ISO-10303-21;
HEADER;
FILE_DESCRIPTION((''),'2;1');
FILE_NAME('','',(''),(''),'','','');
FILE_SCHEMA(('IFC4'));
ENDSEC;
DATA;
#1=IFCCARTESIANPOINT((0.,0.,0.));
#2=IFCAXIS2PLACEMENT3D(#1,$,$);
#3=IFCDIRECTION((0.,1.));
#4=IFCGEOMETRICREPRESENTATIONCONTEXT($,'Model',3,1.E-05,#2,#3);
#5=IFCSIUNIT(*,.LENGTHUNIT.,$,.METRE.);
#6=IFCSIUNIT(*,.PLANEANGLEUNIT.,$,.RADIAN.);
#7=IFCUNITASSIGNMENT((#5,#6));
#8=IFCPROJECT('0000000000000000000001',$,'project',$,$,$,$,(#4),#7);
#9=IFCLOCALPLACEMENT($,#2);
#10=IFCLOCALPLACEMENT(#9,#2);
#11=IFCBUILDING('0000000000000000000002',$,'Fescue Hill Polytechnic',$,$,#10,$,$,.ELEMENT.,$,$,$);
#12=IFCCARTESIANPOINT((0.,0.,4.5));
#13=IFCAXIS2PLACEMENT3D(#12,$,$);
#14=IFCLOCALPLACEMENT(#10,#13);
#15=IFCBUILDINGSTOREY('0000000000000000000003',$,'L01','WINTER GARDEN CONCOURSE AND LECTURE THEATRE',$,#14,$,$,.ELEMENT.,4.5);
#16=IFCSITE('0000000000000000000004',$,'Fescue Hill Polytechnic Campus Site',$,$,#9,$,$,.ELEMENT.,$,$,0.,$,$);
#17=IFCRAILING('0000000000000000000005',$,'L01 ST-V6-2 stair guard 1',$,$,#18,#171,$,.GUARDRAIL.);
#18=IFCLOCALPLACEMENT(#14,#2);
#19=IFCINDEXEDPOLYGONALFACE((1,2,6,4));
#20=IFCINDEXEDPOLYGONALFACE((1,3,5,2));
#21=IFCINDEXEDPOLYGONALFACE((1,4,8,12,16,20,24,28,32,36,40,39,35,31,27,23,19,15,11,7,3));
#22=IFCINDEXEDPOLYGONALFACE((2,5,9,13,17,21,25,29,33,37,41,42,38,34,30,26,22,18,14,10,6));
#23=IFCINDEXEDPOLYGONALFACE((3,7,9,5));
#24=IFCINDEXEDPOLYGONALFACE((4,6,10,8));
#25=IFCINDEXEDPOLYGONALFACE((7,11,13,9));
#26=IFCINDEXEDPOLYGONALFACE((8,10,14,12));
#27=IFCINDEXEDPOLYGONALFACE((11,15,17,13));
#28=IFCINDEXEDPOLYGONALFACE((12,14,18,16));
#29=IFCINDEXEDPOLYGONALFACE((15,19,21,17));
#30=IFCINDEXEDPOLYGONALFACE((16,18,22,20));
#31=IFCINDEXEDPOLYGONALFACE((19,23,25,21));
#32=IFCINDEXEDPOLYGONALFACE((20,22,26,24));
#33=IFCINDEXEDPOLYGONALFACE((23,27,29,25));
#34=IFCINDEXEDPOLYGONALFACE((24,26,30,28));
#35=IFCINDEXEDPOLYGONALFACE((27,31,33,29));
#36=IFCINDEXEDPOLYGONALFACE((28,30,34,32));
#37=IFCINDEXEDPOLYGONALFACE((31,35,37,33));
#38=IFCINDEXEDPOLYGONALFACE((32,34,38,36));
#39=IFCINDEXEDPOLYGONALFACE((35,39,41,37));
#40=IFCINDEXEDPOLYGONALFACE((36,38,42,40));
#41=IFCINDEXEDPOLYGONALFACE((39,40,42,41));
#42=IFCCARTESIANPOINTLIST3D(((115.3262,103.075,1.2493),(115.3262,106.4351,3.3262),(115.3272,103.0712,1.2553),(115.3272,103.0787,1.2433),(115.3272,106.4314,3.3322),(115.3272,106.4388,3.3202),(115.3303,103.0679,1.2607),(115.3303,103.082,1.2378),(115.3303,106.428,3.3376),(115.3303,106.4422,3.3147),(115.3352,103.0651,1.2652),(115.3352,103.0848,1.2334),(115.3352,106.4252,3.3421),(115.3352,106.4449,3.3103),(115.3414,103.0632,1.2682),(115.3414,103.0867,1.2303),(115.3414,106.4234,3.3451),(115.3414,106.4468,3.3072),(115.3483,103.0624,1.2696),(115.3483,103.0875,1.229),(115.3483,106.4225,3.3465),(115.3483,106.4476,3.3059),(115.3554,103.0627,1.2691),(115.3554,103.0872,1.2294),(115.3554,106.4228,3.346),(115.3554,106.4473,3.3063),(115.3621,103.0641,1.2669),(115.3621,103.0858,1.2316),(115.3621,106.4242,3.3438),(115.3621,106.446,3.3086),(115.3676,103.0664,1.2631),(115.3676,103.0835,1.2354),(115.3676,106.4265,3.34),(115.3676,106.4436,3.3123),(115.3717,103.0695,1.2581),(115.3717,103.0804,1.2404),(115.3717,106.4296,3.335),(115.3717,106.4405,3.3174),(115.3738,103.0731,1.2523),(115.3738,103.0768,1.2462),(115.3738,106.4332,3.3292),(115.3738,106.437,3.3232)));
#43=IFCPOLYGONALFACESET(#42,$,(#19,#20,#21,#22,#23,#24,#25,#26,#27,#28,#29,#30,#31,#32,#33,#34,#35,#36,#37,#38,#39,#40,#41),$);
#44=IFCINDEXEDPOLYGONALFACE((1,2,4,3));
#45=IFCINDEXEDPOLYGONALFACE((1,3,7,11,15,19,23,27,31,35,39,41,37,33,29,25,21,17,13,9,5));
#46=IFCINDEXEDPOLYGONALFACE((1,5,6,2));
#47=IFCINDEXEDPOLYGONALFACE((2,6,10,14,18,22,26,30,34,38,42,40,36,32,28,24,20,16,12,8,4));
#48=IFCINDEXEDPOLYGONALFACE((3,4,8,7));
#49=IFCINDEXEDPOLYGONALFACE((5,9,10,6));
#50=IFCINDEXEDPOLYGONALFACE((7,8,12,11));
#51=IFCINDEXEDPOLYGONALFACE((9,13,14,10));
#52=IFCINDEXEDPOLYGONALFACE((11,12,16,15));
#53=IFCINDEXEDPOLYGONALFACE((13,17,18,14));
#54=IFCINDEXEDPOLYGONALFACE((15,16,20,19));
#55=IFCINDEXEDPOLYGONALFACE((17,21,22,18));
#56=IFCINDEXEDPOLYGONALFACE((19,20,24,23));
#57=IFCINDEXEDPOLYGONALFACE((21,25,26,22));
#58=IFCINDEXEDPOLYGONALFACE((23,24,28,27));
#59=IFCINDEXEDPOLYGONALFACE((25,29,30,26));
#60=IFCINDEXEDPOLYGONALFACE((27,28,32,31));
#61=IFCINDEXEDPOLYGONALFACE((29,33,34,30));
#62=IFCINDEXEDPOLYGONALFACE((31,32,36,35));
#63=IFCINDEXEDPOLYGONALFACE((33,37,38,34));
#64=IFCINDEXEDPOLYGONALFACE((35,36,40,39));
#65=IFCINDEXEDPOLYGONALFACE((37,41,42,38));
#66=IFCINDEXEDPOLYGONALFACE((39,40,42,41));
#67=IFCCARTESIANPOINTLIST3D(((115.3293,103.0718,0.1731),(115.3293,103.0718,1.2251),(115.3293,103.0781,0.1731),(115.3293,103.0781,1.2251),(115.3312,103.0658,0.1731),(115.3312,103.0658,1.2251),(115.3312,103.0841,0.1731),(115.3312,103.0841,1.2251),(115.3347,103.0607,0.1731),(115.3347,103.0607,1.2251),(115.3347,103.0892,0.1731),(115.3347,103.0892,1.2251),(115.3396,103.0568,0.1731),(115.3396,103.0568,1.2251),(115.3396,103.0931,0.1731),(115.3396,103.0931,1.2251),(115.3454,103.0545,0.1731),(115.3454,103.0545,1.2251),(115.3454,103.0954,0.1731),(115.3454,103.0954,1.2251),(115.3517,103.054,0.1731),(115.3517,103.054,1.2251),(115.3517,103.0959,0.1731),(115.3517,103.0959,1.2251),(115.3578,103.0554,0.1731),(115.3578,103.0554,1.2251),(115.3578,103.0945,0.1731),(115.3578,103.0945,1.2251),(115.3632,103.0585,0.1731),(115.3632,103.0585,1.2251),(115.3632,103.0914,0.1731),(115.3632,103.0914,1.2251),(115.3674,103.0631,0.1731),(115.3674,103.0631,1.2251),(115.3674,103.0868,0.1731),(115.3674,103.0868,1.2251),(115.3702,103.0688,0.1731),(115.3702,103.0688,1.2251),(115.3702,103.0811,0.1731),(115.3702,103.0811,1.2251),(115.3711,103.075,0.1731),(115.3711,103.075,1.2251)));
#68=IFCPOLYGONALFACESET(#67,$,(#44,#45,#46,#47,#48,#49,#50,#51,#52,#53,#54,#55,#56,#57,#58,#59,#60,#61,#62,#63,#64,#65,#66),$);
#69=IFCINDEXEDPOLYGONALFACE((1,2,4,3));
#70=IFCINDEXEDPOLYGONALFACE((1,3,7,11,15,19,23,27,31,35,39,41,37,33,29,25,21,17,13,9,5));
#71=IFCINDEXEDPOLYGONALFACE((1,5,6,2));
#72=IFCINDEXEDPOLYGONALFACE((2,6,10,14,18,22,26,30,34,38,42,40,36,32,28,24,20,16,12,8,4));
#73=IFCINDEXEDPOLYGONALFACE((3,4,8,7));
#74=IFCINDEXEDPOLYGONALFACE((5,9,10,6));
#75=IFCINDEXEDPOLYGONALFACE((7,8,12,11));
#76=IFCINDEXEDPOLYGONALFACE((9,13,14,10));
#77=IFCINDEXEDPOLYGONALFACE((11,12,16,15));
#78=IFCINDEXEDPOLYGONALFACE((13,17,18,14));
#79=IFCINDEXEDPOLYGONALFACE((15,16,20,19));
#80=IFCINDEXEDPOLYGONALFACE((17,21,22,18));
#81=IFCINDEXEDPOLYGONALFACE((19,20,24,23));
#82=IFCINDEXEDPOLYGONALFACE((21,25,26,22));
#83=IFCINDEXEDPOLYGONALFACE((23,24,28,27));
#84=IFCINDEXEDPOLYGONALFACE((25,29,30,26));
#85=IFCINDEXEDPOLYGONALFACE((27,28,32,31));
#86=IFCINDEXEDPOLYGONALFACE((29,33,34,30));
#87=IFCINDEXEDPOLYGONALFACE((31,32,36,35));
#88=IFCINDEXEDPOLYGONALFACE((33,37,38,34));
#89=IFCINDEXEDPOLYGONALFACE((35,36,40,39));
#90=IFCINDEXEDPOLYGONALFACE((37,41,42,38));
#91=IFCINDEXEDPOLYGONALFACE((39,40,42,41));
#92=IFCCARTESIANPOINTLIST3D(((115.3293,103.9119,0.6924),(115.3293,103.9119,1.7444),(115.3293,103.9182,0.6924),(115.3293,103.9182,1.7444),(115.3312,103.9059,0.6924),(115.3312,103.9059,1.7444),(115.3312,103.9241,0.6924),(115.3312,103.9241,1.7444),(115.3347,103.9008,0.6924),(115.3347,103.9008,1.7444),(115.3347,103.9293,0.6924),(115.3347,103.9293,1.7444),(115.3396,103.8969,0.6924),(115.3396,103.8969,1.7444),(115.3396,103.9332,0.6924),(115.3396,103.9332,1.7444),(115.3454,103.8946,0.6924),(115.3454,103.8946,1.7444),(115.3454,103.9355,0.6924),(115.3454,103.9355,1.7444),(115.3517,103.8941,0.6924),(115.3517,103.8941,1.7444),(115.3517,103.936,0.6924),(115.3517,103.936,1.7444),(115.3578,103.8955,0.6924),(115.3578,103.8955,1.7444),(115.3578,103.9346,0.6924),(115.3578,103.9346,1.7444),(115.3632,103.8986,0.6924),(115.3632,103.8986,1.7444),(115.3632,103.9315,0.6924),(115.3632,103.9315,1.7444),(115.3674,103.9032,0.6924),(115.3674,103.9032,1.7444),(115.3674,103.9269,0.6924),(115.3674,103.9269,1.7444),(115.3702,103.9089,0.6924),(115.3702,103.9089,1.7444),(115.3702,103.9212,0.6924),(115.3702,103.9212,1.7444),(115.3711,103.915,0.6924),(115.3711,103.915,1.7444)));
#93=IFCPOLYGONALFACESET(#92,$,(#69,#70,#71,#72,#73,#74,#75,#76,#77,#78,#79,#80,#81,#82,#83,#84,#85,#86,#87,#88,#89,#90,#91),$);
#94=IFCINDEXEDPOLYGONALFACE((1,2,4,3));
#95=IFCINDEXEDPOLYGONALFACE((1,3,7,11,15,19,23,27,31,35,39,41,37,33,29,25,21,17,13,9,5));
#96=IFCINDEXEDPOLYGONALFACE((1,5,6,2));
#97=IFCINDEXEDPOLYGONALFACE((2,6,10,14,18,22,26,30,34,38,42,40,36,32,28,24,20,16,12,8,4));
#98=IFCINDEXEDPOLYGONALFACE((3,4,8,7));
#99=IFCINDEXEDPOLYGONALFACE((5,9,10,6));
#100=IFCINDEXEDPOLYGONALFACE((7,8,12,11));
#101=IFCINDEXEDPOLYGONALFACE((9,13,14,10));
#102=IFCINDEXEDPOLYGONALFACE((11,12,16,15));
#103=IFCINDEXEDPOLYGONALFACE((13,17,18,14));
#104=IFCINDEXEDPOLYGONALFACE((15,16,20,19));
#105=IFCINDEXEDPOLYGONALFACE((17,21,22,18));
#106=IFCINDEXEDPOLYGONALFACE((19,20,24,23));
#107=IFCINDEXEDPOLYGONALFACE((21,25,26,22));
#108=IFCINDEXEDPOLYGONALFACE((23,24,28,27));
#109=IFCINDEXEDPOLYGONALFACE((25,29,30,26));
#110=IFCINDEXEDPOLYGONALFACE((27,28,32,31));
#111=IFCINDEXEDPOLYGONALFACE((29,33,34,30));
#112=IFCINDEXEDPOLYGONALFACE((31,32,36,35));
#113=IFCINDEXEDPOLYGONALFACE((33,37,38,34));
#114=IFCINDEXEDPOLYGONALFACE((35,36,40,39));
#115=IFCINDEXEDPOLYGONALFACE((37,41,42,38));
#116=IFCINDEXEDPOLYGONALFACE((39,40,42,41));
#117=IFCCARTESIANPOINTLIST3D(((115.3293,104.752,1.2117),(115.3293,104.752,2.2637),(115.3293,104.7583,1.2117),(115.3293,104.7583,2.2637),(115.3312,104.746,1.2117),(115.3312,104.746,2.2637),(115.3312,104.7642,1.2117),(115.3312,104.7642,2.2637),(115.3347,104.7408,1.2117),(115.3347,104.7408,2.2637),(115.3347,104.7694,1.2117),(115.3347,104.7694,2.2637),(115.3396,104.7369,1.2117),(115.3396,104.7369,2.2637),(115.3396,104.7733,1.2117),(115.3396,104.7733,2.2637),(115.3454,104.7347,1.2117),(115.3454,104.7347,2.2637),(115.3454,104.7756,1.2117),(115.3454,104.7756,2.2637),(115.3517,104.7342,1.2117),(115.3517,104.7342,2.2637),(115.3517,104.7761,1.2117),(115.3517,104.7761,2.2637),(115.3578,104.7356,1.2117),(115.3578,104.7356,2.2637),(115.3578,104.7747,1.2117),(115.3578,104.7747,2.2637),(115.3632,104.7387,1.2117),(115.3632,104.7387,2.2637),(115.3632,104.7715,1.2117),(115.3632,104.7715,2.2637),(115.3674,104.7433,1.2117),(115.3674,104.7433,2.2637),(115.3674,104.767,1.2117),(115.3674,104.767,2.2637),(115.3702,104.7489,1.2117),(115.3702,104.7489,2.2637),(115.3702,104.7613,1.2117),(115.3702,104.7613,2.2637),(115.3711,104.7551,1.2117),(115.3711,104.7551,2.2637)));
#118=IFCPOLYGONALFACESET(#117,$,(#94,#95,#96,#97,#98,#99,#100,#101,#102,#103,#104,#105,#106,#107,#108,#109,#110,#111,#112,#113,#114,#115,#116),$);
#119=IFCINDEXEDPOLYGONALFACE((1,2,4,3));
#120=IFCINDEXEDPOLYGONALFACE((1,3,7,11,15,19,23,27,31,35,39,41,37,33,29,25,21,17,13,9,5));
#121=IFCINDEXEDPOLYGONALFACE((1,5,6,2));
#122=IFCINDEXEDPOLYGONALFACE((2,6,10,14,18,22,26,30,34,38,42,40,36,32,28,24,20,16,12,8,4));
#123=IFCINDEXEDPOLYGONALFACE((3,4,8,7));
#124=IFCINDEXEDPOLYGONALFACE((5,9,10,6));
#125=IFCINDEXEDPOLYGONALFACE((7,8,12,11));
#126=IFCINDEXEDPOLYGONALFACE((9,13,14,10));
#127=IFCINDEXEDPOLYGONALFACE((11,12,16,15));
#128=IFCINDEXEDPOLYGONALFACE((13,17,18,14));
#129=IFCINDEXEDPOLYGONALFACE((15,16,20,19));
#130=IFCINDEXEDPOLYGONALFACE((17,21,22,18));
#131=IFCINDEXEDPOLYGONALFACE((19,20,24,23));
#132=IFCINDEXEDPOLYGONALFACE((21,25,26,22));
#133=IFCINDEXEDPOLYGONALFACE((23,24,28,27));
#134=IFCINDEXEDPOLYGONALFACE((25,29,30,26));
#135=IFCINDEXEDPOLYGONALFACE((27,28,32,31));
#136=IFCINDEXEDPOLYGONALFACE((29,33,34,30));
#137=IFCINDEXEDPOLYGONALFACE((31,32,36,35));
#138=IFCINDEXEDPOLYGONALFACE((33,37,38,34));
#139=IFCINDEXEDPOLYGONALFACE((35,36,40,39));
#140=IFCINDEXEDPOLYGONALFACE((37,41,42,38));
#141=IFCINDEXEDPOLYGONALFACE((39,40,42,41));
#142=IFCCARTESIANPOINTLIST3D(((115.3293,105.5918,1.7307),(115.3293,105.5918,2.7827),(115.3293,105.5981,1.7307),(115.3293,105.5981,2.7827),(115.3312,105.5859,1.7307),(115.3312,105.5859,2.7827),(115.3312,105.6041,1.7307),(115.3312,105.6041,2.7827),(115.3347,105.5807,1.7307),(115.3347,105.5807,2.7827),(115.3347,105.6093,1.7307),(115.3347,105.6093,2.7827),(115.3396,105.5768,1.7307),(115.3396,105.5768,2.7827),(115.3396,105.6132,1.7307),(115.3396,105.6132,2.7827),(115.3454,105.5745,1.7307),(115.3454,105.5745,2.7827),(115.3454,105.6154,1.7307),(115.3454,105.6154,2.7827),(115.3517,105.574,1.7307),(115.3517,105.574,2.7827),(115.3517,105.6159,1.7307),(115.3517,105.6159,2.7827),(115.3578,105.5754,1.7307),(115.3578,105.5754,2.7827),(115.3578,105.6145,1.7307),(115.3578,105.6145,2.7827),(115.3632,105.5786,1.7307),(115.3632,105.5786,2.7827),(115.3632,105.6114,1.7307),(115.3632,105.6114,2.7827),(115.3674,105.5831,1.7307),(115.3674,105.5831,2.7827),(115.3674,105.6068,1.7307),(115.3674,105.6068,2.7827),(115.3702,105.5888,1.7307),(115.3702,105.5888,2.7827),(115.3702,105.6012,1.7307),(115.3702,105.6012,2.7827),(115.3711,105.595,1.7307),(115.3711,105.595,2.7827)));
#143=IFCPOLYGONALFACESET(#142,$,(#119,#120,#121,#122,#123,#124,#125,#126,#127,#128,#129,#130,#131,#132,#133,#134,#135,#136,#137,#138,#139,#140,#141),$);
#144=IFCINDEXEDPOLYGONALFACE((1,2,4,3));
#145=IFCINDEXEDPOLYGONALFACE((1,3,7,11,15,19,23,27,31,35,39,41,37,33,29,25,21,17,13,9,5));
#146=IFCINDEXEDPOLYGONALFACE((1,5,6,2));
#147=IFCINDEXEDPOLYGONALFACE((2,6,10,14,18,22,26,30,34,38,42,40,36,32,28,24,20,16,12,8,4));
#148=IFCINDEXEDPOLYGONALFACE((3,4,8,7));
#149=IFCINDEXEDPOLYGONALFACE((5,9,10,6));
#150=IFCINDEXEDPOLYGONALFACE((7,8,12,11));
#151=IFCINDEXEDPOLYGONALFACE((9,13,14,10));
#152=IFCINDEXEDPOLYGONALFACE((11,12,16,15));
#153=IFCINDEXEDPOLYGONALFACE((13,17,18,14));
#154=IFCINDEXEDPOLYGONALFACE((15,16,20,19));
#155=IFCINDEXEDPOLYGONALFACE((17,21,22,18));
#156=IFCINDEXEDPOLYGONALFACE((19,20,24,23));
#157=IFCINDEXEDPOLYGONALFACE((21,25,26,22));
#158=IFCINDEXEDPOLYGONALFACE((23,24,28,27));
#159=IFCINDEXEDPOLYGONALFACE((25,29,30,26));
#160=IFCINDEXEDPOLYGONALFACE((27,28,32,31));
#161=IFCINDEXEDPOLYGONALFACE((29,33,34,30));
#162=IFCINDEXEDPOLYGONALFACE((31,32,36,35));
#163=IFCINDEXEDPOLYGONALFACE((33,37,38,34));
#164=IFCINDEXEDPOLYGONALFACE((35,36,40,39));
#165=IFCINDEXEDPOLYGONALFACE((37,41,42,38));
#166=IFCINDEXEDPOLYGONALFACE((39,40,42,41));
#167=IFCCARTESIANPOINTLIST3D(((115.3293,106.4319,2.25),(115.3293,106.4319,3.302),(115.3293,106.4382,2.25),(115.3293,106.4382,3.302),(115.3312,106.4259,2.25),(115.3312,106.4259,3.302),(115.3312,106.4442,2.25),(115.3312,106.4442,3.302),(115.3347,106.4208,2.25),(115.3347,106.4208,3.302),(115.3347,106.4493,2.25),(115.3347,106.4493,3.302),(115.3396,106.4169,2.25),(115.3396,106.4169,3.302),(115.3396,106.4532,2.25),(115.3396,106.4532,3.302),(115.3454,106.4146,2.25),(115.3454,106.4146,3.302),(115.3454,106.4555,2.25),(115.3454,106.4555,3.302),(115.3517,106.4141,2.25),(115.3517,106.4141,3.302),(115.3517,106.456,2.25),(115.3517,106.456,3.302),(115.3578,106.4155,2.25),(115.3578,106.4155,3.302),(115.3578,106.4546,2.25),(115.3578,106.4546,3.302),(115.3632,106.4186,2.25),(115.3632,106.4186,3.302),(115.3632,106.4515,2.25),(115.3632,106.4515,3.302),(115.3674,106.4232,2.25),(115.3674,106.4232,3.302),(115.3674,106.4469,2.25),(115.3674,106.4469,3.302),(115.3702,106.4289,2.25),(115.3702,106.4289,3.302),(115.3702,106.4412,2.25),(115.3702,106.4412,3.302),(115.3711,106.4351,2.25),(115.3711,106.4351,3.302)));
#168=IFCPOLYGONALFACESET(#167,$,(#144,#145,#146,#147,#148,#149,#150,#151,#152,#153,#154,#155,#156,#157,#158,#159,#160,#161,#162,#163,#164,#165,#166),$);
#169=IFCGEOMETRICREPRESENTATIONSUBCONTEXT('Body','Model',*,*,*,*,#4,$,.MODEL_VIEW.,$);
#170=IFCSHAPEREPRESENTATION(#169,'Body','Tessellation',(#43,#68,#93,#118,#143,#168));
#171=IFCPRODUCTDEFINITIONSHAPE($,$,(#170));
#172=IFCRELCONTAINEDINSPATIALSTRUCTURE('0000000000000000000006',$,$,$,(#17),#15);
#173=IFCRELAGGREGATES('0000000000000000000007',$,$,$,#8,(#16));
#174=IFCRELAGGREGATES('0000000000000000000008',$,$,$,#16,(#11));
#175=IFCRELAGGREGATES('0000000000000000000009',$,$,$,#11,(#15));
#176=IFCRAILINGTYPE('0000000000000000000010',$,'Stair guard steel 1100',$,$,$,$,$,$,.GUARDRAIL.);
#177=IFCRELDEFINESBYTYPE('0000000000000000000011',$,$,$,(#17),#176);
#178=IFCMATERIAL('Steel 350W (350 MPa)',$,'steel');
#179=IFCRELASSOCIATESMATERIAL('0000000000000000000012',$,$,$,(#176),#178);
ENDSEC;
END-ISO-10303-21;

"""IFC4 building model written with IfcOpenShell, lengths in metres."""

from ifc_helpers import new_model, si_unit, direction, frame, origin, origin_2d, place, context, subcontext, project, spatial, circle, extrude, material, type_object, element, save


model = new_model("IFC4")

# Units and contexts
model_context = context("Model", 3, precision=1e-05, world=origin(), true_north=direction((0.0, 1.0)))
body_context = subcontext(model_context, "Body", "Model", "MODEL_VIEW")
ifc_project = project(units=[si_unit("LENGTHUNIT", "METRE"), si_unit("PLANEANGLEUNIT", "RADIAN")], contexts=[model_context])

# Site, building, storey
site_placement = place(None, origin())
site = spatial("IfcSite", under=ifc_project, at=site_placement, Name="Fescue Hill Polytechnic Campus Site", CompositionType="ELEMENT", RefElevation=0.0)
building_placement = place(site_placement, origin())
building = spatial("IfcBuilding", under=site, at=building_placement, Name="Fescue Hill Polytechnic", CompositionType="ELEMENT")
storey_placement = place(building_placement, frame((0.0, 0.0, 4.5)))
storey = spatial("IfcBuildingStorey", under=building, at=storey_placement, Name="L01", Description="WINTER GARDEN CONCOURSE AND LECTURE THEATRE", CompositionType="ELEMENT", Elevation=4.5)

# Railing
ifc_material_1 = material(Name="Steel 350W (350 MPa)", Category="steel")
railing_type_1 = type_object("IfcRailingType", Name="Stair guard steel 1100", PredefinedType="GUARDRAIL", material=ifc_material_1)
railing_1_placement = place(storey_placement, frame((115.3501, 103.075, 0.1731)))
element("IfcRailing", 1, at=railing_1_placement, inside=storey, type_object=railing_type_1, Name="L01 ST-V6-2 stair guard 1", PredefinedType="GUARDRAIL", context=body_context, shape_type="SweptSolid", body=[
    extrude(circle(Radius=0.0239, at=origin_2d()), frame((0.0, 0.0, 1.0762), z_axis=(0.0, 0.850623, 0.525776), x_axis=(-1.0, 0.0, 0.0)), (0.0, 0.0, 1.0), 3.9502),
    extrude(circle(Radius=0.021, at=origin_2d()), origin(), (0.0, 0.0, 1.0), 1.052),
    extrude(circle(Radius=0.021, at=origin_2d()), frame((0.0, 0.8401, 0.5193)), (0.0, 0.0, 1.0), 1.052),
    extrude(circle(Radius=0.021, at=origin_2d()), frame((0.0, 1.6802, 1.0386)), (0.0, 0.0, 1.0), 1.052),
    extrude(circle(Radius=0.021, at=origin_2d()), frame((0.0, 2.52, 1.5576)), (0.0, 0.0, 1.0), 1.052),
    extrude(circle(Radius=0.021, at=origin_2d()), frame((0.0, 3.3601, 2.0769)), (0.0, 0.0, 1.0), 1.052),
])

save(model, "model.ifc")
